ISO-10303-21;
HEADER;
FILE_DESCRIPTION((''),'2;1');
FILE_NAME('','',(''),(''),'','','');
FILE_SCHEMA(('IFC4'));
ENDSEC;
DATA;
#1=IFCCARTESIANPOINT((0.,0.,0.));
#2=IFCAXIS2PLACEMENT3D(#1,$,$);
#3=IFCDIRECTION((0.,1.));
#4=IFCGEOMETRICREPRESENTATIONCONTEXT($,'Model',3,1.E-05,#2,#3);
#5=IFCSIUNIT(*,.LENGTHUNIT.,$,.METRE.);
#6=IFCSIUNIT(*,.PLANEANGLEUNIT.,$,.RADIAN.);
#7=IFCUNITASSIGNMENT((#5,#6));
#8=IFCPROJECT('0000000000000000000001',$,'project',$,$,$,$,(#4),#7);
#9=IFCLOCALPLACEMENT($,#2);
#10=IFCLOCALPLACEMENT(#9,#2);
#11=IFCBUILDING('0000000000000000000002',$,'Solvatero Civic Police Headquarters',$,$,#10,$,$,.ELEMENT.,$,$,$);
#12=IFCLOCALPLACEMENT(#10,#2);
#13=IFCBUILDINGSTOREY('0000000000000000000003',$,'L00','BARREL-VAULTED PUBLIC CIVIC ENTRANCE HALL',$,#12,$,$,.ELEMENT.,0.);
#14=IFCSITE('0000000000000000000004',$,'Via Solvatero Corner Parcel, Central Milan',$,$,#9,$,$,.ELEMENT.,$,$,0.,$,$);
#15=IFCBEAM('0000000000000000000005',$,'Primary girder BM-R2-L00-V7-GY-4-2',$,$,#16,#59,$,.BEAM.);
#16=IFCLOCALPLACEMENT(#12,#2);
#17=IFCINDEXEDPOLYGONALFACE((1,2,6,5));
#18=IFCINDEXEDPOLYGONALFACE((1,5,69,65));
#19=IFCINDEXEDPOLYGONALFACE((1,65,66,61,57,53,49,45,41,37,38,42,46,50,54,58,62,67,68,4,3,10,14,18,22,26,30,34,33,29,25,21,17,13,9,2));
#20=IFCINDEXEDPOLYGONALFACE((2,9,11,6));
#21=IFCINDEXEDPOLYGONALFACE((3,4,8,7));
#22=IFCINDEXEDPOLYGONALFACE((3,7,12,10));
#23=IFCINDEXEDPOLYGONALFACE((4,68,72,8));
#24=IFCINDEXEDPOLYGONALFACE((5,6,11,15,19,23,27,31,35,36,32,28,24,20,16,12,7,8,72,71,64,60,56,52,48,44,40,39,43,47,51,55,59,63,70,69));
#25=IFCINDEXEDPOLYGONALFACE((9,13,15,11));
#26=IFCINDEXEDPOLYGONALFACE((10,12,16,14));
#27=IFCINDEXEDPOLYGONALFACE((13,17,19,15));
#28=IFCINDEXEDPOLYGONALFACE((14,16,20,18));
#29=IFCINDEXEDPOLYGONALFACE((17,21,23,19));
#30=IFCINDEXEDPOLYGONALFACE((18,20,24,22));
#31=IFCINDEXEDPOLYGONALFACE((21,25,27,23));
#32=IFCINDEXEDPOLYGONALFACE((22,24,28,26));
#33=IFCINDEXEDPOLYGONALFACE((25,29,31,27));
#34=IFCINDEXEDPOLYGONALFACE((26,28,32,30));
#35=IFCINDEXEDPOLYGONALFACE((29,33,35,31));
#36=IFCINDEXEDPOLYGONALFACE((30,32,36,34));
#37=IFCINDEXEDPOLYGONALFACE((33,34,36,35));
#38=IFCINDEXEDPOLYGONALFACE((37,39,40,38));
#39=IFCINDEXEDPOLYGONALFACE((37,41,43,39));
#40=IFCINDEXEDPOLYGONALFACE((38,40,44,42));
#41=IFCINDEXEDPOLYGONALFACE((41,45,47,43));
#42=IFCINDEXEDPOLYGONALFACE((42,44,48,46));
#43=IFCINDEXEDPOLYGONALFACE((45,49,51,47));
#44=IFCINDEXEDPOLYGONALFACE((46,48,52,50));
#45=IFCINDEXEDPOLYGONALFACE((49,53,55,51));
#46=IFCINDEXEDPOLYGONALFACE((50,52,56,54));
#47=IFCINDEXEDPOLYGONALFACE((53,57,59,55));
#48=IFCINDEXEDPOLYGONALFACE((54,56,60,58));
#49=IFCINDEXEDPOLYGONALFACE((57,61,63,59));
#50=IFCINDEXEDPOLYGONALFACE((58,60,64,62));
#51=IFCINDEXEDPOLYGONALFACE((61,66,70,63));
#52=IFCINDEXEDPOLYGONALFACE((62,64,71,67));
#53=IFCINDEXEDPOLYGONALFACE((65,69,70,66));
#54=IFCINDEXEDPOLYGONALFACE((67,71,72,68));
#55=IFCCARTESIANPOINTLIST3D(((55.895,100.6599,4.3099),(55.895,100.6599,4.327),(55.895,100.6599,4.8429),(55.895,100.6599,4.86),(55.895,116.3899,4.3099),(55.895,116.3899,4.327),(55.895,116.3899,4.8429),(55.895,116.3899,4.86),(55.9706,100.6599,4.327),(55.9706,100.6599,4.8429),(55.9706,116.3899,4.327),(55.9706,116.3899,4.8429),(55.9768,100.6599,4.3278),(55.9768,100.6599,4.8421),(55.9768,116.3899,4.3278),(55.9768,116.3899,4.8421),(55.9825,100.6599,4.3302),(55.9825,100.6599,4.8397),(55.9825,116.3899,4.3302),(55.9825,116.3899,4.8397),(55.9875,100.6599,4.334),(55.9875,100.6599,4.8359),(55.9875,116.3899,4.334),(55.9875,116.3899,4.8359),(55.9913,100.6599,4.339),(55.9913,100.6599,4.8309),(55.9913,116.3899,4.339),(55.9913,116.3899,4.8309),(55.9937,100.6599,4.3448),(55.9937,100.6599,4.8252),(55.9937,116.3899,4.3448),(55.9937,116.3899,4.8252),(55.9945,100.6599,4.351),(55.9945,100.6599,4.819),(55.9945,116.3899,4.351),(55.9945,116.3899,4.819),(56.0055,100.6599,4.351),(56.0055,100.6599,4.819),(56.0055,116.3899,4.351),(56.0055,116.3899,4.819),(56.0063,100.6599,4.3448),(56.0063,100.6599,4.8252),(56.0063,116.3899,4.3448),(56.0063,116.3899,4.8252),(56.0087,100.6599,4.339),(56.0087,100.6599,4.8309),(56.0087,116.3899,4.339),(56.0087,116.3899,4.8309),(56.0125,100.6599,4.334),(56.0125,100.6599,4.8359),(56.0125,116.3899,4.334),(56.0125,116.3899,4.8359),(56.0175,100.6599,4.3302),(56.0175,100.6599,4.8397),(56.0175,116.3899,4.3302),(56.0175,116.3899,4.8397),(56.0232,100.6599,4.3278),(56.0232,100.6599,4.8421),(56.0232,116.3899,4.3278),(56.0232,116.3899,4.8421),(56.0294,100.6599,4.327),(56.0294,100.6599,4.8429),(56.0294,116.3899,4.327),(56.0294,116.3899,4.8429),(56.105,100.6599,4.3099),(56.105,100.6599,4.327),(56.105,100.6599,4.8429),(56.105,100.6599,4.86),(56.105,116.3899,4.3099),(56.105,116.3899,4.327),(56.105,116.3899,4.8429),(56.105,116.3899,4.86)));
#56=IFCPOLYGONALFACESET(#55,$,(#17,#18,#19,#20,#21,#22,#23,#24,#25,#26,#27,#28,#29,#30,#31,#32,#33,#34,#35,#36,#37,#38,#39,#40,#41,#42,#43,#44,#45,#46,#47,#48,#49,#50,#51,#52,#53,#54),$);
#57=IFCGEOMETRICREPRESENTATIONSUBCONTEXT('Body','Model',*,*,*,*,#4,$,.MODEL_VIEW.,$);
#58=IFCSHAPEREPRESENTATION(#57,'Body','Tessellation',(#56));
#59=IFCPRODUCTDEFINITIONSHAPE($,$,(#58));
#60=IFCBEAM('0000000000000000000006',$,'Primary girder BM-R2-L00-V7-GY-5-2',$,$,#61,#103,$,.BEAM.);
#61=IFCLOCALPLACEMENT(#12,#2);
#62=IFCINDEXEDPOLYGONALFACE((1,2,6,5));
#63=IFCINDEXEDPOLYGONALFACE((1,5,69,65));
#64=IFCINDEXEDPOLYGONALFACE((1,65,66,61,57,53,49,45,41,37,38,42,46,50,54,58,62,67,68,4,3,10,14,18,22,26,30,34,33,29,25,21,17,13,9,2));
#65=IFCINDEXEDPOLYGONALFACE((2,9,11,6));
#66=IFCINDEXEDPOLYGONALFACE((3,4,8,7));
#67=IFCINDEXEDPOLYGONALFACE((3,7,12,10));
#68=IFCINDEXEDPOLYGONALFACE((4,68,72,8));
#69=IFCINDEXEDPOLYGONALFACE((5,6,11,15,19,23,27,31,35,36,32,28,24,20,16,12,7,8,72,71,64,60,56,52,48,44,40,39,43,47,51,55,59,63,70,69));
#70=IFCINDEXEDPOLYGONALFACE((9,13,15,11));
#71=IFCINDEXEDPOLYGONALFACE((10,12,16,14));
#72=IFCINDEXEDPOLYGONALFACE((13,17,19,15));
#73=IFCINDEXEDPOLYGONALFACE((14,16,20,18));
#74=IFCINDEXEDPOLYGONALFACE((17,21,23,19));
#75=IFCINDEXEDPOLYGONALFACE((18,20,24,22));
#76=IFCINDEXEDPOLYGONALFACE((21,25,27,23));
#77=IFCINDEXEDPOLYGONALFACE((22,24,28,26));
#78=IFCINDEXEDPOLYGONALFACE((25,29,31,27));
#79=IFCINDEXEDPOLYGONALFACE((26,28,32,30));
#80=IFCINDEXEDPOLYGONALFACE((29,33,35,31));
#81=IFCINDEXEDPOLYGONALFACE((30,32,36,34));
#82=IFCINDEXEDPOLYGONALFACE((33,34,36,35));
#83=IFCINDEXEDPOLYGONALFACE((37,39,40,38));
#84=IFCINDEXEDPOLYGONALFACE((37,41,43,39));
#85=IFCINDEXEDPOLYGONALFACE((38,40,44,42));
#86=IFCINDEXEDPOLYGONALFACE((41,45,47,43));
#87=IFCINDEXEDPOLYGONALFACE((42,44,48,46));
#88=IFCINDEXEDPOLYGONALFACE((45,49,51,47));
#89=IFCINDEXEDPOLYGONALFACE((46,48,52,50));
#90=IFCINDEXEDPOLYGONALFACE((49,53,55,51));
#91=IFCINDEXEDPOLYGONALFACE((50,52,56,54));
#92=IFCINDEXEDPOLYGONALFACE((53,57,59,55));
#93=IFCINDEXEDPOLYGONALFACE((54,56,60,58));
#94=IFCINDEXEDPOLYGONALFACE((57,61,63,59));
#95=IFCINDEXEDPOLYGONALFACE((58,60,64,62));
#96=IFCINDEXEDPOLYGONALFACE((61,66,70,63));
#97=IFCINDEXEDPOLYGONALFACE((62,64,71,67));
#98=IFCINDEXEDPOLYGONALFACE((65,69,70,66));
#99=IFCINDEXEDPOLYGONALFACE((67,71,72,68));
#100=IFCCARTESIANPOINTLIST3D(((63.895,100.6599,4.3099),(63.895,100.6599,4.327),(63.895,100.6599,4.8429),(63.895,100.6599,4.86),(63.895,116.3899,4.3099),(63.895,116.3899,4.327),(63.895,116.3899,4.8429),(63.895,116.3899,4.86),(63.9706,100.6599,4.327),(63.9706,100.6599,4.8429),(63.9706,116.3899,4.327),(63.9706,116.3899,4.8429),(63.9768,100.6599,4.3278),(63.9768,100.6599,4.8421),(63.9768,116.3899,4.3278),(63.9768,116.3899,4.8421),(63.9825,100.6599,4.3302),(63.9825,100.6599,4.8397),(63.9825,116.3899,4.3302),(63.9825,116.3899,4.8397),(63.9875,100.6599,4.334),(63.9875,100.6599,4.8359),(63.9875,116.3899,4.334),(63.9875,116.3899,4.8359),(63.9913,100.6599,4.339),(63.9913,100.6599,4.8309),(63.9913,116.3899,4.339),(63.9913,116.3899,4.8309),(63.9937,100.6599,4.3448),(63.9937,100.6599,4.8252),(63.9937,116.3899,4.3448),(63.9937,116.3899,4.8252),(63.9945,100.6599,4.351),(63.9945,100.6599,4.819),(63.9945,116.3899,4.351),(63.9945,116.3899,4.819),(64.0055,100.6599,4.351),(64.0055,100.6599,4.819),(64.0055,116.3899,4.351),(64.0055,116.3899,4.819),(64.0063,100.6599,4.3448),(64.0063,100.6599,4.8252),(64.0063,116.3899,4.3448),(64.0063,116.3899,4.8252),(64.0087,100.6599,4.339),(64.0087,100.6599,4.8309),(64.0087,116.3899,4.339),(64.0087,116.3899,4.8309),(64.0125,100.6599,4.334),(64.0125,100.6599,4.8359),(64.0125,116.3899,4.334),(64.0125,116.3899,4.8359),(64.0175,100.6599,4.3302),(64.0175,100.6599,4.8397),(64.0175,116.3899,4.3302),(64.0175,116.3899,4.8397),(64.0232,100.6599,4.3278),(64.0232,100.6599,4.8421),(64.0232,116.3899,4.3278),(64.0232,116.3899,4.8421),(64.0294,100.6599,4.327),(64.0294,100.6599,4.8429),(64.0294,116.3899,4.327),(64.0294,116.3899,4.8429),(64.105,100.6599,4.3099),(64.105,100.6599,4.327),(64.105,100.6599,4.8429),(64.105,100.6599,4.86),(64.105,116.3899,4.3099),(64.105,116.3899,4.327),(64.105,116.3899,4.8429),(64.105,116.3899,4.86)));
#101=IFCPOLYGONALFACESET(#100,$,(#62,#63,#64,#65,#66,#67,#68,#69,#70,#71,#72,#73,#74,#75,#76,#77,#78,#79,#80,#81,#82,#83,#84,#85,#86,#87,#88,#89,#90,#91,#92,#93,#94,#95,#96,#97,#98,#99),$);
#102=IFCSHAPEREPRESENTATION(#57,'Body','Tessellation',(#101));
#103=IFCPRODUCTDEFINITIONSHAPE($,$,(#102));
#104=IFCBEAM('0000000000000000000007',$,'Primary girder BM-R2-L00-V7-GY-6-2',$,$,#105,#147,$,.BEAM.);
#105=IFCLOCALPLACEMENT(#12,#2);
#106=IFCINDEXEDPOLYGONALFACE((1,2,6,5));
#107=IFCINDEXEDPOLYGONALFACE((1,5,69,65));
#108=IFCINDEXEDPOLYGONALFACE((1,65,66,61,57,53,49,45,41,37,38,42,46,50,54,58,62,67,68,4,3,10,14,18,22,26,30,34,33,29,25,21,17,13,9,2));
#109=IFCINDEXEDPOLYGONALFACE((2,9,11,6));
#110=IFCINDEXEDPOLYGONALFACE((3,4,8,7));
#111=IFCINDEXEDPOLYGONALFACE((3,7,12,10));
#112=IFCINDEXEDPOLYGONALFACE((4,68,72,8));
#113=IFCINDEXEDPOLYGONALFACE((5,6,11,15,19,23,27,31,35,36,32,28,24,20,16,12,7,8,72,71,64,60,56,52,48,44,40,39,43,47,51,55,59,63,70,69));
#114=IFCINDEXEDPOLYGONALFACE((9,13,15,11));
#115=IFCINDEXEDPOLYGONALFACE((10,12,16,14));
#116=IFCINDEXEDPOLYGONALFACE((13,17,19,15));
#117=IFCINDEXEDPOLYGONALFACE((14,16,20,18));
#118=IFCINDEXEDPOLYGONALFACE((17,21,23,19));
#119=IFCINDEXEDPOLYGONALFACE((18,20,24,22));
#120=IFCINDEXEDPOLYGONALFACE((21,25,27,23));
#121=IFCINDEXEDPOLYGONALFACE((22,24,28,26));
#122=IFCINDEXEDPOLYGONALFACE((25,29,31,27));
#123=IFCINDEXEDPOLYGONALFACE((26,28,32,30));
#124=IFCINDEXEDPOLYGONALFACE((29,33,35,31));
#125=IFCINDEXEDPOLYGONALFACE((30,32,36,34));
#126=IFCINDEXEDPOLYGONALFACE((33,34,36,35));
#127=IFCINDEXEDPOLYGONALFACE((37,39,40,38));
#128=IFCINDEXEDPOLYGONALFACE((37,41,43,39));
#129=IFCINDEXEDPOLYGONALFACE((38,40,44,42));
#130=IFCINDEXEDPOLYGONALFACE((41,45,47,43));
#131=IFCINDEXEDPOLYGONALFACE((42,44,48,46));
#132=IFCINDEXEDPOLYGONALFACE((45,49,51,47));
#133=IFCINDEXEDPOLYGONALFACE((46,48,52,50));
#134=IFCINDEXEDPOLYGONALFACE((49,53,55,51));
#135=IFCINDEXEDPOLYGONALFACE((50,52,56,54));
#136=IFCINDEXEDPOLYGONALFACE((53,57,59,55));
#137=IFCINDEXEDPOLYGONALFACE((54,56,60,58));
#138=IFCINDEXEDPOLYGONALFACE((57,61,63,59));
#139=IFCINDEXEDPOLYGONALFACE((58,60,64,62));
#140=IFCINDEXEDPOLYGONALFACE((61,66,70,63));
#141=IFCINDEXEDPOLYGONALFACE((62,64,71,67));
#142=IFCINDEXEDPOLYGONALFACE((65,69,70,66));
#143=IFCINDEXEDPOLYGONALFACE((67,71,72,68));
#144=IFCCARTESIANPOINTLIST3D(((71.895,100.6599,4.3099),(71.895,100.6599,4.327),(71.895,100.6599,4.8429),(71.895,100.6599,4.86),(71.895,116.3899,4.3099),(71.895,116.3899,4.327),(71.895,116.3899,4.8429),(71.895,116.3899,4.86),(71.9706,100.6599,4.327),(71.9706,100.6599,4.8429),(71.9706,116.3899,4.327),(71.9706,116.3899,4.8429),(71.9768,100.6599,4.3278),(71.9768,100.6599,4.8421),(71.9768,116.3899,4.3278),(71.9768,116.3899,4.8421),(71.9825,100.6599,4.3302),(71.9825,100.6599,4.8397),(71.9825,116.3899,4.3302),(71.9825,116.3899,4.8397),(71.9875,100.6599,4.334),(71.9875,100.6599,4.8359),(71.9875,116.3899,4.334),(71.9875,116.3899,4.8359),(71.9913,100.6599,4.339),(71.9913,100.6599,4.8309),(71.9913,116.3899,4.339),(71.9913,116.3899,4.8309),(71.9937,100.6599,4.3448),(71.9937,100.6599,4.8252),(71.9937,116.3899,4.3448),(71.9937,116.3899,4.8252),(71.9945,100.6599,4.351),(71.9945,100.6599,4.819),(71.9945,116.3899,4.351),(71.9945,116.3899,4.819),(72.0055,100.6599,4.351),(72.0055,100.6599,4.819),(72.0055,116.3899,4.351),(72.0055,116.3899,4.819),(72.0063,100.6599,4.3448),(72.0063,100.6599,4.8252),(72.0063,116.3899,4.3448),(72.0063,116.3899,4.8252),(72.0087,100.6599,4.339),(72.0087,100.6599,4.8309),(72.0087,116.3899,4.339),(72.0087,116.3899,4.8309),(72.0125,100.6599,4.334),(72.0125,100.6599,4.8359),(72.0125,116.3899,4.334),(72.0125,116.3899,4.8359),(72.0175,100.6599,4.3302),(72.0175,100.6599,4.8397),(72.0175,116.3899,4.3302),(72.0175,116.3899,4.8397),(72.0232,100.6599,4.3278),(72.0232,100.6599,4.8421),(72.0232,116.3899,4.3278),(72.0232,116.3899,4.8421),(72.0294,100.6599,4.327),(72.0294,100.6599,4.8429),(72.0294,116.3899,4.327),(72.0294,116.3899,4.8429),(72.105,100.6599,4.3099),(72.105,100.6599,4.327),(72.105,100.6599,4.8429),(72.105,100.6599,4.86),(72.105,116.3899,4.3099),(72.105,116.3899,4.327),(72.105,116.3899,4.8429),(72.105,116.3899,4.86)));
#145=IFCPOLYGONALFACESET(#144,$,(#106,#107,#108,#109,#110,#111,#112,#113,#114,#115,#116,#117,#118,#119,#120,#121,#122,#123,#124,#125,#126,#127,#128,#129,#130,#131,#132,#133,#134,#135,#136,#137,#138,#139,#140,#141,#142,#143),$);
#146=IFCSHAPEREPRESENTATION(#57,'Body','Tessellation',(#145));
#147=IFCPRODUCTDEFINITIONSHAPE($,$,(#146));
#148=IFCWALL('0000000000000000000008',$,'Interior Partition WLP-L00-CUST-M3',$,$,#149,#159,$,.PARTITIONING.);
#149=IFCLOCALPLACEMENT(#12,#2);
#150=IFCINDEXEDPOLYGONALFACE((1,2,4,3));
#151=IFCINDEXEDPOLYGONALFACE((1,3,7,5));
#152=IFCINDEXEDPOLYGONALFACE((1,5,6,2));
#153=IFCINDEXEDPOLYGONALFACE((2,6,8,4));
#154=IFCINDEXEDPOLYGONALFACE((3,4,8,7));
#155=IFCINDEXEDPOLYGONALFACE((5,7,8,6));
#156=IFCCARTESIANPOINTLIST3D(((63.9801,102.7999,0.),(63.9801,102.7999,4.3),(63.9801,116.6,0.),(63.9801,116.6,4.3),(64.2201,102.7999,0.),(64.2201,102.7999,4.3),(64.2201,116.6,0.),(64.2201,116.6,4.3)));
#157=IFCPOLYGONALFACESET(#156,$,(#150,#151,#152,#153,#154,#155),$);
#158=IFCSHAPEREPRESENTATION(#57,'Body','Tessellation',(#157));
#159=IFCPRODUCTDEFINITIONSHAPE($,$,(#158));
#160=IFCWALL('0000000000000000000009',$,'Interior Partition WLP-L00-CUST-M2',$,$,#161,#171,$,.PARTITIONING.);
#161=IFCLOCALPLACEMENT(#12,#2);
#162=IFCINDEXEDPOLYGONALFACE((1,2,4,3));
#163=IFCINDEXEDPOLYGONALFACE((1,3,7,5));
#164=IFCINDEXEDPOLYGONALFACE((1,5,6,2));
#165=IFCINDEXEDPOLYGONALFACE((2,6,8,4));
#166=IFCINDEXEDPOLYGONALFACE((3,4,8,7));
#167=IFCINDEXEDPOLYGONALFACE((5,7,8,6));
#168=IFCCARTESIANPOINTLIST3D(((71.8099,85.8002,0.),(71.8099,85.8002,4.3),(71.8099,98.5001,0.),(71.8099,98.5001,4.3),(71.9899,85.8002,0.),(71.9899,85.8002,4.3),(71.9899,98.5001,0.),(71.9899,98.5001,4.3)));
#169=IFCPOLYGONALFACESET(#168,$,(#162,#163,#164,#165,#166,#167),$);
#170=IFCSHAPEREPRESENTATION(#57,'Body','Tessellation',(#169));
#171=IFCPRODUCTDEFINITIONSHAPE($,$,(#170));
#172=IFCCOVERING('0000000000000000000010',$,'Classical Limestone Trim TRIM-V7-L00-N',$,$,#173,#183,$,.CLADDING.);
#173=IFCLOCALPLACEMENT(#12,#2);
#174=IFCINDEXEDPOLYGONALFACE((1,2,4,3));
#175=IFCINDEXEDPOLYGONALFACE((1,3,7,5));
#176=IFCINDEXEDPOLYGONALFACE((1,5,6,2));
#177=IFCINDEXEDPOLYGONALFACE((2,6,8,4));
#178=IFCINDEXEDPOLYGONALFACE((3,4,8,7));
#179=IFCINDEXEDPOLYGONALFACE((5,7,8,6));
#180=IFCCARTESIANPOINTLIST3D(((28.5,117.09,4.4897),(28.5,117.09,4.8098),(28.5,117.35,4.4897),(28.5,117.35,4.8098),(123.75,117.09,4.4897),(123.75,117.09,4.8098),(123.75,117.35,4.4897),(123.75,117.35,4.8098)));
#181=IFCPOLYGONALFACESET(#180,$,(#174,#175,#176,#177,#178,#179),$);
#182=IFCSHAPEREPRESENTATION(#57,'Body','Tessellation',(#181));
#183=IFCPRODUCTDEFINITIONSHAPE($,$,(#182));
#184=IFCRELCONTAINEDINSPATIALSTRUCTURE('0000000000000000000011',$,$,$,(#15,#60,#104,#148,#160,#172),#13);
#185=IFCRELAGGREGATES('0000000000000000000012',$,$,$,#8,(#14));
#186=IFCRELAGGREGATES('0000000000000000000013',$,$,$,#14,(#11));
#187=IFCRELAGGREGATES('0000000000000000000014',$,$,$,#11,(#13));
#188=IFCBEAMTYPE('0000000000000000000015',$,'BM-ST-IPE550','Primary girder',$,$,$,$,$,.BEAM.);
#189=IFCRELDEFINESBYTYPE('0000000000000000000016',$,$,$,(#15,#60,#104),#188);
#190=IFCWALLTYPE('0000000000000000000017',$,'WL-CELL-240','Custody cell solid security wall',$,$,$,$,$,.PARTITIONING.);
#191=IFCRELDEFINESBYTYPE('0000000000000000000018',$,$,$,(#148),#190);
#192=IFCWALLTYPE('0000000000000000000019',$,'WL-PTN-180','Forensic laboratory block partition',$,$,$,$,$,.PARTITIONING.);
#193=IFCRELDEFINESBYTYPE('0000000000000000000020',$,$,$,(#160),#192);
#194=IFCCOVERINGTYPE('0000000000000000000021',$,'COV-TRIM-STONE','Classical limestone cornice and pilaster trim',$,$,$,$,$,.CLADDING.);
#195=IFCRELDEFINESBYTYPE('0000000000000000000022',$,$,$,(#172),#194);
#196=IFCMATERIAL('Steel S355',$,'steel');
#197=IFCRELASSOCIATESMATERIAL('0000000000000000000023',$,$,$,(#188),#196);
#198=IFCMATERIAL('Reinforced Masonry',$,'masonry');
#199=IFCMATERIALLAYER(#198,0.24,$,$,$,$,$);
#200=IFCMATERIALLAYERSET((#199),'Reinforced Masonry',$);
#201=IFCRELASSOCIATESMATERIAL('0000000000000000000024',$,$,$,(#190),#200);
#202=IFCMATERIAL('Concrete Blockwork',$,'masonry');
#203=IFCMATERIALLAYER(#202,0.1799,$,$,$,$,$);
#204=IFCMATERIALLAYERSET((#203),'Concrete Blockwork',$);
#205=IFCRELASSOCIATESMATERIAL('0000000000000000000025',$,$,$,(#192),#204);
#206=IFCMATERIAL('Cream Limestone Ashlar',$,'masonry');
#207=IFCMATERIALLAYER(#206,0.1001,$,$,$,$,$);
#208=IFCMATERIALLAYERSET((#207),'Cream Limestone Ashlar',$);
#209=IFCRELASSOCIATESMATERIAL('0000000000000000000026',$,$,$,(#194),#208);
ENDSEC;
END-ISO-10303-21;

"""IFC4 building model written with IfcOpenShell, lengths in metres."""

from ifc_helpers import new_model, si_unit, direction, frame, frame_2d, origin, origin_2d, place, context, subcontext, project, spatial, rectangle, i_section, extrude, material, layer, layer_set, material_profile, profile_set, type_object, element, save


model = new_model("IFC4")

# Units and contexts
model_context = context("Model", 3, precision=1e-05, world=origin(), true_north=direction((0.0, 1.0)))
body_context = subcontext(model_context, "Body", "Model", "MODEL_VIEW")
ifc_project = project(units=[si_unit("LENGTHUNIT", "METRE"), si_unit("PLANEANGLEUNIT", "RADIAN")], contexts=[model_context])

# Site, building, storey
site_placement = place(None, origin())
site = spatial("IfcSite", under=ifc_project, at=site_placement, Name="Via Solvatero Corner Parcel, Central Milan", CompositionType="ELEMENT", RefElevation=0.0)
building_placement = place(site_placement, origin())
building = spatial("IfcBuilding", under=site, at=building_placement, Name="Solvatero Civic Police Headquarters", CompositionType="ELEMENT")
storey_placement = place(building_placement, origin())
storey = spatial("IfcBuildingStorey", under=building, at=storey_placement, Name="L00", Description="BARREL-VAULTED PUBLIC CIVIC ENTRANCE HALL", CompositionType="ELEMENT", Elevation=0.0)

# Beams
ifc_material_1 = material(Name="Steel S355", Category="steel")
ifc_material_profile_1 = material_profile(ifc_material_1, i_section(OverallWidth=0.21, OverallDepth=0.55, WebThickness=0.011, FlangeThickness=0.0171, FilletRadius=0.0239, at=origin_2d()), Name="IPE 550")
ifc_profile_set_1 = profile_set([ifc_material_profile_1], Name="Steel S355")
beam_type_1 = type_object("IfcBeamType", Name="BM-ST-IPE550", Description="Primary girder", PredefinedType="BEAM", material=ifc_profile_set_1)
for number, where, z_axis, x_axis, name in (
    (1, (56.0, 100.6599, 4.585), (0.0, 1.0, 0.0), (-1.0, 0.0, 0.0), "Primary girder BM-R2-L00-V7-GY-4-2"),
    (2, (64.0, 100.6599, 4.585), (0.0, 1.0, 0.0), (-1.0, 0.0, 0.0), "Primary girder BM-R2-L00-V7-GY-5-2"),
    (3, (72.0, 100.6599, 4.585), (0.0, 1.0, 0.0), (-1.0, 0.0, 0.0), "Primary girder BM-R2-L00-V7-GY-6-2"),
):
    element("IfcBeam", number, at=place(storey_placement, frame(where, z_axis=z_axis, x_axis=x_axis)), inside=storey, type_object=beam_type_1, Name=name, PredefinedType="BEAM", context=body_context, shape_type="SweptSolid", body=[
        extrude(i_section(OverallWidth=0.21, OverallDepth=0.55, WebThickness=0.011, FlangeThickness=0.0171, FilletRadius=0.0239, at=origin_2d()), origin(), (0.0, 0.0, 1.0), 15.73),
    ])

# Walls
ifc_material_2 = material(Name="Reinforced Masonry", Category="masonry")
ifc_layer_1 = layer(ifc_material_2, 0.24)
ifc_layer_set_1 = layer_set([ifc_layer_1], Name="Reinforced Masonry")
wall_type_1 = type_object("IfcWallType", Name="WL-CELL-240", Description="Custody cell solid security wall", PredefinedType="PARTITIONING", material=ifc_layer_set_1)
wall_1_placement = place(storey_placement, frame((64.1001, 102.8, 0.0), z_axis=(0.0, 0.0, 1.0), x_axis=(0.0, 1.0, 0.0)))
element("IfcWall", 4, at=wall_1_placement, inside=storey, type_object=wall_type_1, Name="Interior Partition WLP-L00-CUST-M3", PredefinedType="PARTITIONING", context=body_context, shape_type="SweptSolid", body=[
    extrude(rectangle(XDim=13.8, YDim=0.24, at=frame_2d((6.8999, 0.0))), origin(), (0.0, 0.0, 1.0), 4.3),
])
ifc_material_3 = material(Name="Concrete Blockwork", Category="masonry")
ifc_layer_2 = layer(ifc_material_3, 0.1799)
ifc_layer_set_2 = layer_set([ifc_layer_2], Name="Concrete Blockwork")
wall_type_2 = type_object("IfcWallType", Name="WL-PTN-180", Description="Forensic laboratory block partition", PredefinedType="PARTITIONING", material=ifc_layer_set_2)
wall_2_placement = place(storey_placement, frame((71.8999, 85.8, 0.0), z_axis=(0.0, 0.0, 1.0), x_axis=(0.0, 1.0, 0.0)))
element("IfcWall", 5, at=wall_2_placement, inside=storey, type_object=wall_type_2, Name="Interior Partition WLP-L00-CUST-M2", PredefinedType="PARTITIONING", context=body_context, shape_type="SweptSolid", body=[
    extrude(rectangle(XDim=12.7, YDim=0.1799, at=frame_2d((6.3501, 0.0))), origin(), (0.0, 0.0, 1.0), 4.3),
])

# Covering
ifc_material_4 = material(Name="Cream Limestone Ashlar", Category="masonry")
ifc_layer_3 = layer(ifc_material_4, 0.1001)
ifc_layer_set_3 = layer_set([ifc_layer_3], Name="Cream Limestone Ashlar")
covering_type = type_object("IfcCoveringType", Name="COV-TRIM-STONE", Description="Classical limestone cornice and pilaster trim", PredefinedType="CLADDING", material=ifc_layer_set_3)
covering_placement = place(storey_placement, frame((76.125, 117.22, 4.4897), z_axis=(0.0, 0.0, 1.0), x_axis=(1.0, 0.0, 0.0)))
element("IfcCovering", 6, at=covering_placement, inside=storey, type_object=covering_type, Name="Classical Limestone Trim TRIM-V7-L00-N", PredefinedType="CLADDING", context=body_context, shape_type="SweptSolid", body=[
    extrude(rectangle(XDim=95.25, YDim=0.26, at=origin_2d()), origin(), (0.0, 0.0, 1.0), 0.3201),
])

save(model, "model.ifc")
